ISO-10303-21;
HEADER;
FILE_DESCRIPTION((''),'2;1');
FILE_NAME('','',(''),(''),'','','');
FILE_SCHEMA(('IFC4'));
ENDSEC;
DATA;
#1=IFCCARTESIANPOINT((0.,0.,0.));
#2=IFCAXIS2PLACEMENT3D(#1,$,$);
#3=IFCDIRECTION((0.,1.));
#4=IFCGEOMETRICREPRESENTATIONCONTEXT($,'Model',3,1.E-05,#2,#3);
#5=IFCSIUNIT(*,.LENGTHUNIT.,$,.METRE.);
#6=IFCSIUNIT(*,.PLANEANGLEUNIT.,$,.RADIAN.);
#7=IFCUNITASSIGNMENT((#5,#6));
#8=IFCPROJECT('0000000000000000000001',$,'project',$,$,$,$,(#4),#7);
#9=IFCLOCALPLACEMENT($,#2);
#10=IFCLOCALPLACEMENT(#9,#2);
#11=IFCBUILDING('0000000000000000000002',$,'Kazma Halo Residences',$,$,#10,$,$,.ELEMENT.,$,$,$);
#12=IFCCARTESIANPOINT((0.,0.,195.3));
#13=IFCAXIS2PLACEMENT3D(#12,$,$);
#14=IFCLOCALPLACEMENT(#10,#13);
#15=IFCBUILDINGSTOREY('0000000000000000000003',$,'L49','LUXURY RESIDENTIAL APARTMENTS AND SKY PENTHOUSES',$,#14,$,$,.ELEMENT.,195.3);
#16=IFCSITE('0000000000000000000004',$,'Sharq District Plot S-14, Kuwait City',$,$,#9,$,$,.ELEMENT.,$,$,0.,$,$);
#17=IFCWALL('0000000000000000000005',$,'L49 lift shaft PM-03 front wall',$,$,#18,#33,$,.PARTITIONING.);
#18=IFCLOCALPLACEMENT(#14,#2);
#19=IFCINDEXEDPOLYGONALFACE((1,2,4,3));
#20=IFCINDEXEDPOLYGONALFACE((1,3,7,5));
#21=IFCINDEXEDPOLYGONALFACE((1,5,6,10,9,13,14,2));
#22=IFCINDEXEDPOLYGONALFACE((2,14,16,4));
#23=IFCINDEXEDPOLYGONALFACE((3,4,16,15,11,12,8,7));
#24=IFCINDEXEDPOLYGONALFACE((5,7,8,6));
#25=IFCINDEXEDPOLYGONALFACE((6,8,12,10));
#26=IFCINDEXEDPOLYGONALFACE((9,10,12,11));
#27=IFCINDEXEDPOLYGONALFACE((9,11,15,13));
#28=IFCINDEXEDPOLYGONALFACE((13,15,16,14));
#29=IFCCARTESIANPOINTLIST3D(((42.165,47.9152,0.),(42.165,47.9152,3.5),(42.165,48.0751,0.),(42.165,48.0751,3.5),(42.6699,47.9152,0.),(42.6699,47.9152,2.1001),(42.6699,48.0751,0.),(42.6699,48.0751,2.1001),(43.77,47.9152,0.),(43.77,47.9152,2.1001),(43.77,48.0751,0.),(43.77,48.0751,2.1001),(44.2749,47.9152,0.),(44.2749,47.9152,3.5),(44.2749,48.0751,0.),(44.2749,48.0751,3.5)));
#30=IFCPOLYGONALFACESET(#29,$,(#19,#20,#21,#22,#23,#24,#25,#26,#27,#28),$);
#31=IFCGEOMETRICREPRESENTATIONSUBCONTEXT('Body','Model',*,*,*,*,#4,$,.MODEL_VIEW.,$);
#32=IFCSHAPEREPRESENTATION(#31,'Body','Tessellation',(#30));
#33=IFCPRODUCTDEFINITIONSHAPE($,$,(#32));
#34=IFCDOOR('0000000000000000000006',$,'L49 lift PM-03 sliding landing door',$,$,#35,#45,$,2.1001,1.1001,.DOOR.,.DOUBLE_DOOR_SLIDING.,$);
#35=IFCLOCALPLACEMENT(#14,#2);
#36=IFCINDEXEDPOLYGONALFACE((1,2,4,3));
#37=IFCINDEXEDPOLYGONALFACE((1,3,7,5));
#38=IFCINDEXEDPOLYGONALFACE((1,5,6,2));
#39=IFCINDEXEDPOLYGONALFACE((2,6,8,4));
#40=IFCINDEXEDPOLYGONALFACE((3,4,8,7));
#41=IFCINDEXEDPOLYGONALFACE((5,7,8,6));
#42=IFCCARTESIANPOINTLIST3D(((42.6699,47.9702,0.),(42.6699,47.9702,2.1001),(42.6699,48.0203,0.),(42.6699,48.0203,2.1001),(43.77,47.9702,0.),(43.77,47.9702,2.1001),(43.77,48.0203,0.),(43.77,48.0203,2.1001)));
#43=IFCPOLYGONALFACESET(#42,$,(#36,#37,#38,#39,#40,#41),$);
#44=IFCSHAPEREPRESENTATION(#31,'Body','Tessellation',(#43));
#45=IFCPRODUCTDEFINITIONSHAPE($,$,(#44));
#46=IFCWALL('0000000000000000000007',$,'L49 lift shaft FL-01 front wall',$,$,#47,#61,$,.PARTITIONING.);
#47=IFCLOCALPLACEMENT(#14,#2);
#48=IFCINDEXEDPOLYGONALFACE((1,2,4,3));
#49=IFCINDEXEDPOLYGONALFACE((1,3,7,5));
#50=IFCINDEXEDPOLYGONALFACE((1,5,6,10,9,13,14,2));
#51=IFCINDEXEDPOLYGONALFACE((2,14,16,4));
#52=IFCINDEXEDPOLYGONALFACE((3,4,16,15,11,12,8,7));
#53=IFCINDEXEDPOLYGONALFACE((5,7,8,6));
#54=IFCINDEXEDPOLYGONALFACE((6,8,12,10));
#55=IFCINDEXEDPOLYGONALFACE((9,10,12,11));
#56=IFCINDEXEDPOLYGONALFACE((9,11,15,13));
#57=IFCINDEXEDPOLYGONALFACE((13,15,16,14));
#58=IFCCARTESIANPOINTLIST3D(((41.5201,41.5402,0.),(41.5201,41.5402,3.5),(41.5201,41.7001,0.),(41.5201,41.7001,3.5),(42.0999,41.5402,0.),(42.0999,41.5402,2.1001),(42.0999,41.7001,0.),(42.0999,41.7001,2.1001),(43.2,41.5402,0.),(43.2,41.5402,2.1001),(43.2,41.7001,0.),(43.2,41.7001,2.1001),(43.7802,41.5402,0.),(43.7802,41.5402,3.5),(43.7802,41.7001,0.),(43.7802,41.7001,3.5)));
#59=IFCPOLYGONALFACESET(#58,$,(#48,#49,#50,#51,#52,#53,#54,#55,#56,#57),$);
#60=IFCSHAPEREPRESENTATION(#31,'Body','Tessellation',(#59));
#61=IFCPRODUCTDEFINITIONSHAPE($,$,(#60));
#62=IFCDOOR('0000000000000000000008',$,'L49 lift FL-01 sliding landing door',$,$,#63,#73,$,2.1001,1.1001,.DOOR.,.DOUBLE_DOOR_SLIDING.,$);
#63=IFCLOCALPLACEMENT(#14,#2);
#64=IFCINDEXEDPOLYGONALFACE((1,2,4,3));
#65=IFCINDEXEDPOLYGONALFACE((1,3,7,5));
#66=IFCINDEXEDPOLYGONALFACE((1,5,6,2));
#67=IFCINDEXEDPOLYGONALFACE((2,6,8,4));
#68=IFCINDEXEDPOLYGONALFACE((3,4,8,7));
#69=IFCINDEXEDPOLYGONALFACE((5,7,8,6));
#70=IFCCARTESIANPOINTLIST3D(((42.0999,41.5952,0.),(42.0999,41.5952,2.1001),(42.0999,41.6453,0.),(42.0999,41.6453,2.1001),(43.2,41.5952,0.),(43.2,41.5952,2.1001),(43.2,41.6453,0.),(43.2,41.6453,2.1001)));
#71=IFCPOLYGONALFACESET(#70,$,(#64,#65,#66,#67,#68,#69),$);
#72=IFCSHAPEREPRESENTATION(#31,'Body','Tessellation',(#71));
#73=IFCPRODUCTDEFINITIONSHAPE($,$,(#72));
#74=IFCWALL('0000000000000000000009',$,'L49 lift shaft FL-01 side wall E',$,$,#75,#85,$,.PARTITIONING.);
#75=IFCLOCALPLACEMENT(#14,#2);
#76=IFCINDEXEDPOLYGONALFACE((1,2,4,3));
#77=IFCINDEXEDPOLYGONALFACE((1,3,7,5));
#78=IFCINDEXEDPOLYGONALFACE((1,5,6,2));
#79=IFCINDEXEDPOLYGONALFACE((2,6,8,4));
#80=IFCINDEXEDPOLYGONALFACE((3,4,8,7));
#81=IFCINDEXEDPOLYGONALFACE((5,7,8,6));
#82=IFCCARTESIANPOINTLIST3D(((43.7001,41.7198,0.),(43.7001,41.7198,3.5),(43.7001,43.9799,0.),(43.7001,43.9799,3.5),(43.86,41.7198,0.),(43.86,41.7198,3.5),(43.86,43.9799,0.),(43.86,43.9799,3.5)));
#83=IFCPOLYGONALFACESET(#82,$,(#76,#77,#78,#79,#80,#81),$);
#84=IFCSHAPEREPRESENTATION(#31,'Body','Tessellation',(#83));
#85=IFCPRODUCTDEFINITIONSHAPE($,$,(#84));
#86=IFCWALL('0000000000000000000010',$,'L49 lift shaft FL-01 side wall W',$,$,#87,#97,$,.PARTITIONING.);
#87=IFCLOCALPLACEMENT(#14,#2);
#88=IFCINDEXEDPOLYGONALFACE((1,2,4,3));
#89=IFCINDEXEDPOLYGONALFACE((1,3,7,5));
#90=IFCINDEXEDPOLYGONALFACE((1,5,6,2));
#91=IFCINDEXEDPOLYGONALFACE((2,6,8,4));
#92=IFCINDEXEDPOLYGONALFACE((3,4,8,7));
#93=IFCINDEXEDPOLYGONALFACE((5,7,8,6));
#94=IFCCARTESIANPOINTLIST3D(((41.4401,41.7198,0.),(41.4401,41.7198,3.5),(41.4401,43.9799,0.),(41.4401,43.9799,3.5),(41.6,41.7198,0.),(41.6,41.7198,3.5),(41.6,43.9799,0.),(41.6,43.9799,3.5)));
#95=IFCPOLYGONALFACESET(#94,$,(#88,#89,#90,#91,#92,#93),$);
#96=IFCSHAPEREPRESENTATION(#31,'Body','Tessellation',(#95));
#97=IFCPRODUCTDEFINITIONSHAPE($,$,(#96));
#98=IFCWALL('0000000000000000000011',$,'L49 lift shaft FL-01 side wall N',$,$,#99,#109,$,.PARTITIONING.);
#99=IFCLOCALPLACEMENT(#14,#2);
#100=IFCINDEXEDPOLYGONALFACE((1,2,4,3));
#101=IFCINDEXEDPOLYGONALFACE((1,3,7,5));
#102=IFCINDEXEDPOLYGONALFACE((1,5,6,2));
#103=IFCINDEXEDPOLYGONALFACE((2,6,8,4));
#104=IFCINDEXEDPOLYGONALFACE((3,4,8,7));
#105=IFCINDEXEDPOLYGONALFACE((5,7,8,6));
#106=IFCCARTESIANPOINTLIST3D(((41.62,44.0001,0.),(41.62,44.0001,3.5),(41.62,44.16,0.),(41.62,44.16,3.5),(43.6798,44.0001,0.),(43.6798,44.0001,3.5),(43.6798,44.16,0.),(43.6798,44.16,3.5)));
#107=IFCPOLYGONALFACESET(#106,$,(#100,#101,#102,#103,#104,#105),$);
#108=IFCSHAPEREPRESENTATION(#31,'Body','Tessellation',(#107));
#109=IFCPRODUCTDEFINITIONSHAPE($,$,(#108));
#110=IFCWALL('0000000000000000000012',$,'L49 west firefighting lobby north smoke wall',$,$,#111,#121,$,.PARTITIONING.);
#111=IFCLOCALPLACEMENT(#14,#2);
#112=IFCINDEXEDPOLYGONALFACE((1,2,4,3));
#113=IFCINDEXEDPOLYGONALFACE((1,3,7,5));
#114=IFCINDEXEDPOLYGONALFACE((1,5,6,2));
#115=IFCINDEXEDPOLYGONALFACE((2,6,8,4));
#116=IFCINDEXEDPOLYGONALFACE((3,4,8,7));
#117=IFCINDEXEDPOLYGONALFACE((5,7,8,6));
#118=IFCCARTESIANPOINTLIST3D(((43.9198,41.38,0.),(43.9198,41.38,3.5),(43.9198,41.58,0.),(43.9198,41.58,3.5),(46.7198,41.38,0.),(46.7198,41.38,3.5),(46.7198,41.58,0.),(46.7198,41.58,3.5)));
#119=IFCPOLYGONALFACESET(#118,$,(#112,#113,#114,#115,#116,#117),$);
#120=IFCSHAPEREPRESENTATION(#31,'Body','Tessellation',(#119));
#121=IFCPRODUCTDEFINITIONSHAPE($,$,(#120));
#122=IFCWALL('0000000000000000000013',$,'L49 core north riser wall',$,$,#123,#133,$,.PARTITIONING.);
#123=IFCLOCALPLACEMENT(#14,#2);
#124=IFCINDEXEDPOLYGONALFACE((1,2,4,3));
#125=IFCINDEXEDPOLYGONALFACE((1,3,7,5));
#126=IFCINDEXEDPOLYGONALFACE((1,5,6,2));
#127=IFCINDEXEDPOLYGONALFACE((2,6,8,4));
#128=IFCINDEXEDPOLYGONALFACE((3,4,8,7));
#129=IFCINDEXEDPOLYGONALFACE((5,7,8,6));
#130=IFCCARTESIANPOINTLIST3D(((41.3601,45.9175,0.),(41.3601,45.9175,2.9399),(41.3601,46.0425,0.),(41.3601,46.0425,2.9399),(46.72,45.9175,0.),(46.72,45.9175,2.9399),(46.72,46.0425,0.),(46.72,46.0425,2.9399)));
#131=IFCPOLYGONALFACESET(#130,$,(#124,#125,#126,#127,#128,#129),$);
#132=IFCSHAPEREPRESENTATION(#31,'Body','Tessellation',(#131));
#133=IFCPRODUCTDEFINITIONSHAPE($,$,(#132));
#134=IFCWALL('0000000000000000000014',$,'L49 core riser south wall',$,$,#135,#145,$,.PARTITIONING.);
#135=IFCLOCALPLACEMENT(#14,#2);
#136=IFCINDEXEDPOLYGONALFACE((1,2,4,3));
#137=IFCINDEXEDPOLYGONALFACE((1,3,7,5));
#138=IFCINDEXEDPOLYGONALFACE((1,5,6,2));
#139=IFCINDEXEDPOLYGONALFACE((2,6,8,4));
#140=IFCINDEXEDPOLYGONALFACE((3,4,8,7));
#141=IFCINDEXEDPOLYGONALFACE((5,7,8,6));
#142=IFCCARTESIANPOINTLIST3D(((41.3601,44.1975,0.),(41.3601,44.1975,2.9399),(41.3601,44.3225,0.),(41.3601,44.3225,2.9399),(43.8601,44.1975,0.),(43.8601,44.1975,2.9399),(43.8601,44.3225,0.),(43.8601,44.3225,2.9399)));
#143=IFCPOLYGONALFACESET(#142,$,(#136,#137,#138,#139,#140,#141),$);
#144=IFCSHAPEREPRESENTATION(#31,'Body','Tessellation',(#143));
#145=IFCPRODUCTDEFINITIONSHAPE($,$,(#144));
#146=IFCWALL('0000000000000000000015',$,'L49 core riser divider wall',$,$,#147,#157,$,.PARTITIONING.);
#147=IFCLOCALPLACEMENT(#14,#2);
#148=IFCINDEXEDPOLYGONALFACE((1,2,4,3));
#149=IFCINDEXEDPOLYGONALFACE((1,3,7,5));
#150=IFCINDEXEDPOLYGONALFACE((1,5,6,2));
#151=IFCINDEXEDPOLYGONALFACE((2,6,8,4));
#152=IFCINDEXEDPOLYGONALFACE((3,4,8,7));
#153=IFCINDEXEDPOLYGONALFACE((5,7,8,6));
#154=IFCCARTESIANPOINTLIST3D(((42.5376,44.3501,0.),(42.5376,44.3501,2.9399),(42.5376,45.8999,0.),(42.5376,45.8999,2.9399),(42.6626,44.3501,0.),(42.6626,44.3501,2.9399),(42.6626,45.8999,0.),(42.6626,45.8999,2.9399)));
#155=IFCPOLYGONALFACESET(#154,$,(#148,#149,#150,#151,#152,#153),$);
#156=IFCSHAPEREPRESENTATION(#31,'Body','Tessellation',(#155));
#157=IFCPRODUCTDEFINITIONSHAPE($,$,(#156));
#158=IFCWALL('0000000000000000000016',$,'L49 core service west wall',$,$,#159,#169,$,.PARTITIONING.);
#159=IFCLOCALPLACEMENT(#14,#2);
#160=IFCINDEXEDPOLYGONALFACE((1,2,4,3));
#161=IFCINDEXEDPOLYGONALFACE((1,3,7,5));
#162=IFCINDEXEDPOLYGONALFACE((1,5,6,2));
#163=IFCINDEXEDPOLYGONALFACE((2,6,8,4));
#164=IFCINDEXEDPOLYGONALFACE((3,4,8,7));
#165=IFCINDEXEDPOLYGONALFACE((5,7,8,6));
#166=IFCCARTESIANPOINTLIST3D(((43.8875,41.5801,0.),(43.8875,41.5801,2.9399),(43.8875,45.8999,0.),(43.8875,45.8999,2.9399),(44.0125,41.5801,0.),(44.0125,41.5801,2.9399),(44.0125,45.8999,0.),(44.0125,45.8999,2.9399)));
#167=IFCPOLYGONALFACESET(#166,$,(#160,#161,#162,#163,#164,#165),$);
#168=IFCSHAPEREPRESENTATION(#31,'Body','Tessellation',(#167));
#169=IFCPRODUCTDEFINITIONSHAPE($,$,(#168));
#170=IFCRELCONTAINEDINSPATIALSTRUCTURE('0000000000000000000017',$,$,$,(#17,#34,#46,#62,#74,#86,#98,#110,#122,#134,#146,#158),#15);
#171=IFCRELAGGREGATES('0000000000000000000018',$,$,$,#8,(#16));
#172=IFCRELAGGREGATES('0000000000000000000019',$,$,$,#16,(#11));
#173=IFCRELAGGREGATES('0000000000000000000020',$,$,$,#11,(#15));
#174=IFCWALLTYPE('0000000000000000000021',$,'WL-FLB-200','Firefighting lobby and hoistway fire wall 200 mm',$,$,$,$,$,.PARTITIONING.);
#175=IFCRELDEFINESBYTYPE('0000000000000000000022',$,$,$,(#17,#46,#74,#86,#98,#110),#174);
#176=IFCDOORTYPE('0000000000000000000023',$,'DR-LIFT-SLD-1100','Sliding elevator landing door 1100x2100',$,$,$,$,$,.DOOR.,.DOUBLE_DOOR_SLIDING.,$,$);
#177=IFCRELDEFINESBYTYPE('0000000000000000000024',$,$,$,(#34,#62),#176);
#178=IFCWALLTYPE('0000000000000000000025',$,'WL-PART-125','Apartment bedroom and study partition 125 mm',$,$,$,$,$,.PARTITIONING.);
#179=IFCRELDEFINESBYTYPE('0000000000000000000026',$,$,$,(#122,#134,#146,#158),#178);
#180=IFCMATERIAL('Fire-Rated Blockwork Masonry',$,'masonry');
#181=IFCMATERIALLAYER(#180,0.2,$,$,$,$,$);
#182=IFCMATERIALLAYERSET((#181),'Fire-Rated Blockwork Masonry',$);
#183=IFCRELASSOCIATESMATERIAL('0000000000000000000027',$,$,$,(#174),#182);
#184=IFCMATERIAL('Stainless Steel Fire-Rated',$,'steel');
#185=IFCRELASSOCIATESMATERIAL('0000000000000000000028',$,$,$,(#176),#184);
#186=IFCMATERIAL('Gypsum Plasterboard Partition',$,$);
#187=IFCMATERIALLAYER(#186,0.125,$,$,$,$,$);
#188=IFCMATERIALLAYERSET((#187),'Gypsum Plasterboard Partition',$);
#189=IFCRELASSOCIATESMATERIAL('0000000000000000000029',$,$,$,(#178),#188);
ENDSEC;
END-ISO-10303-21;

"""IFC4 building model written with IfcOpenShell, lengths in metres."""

from ifc_helpers import new_model, si_unit, direction, frame, frame_2d, origin, place, context, subcontext, project, spatial, rectangle, extrude, material, layer, layer_set, type_object, element, fill, save


model = new_model("IFC4")

# Units and contexts
model_context = context("Model", 3, precision=1e-05, world=origin(), true_north=direction((0.0, 1.0)))
body_context = subcontext(model_context, "Body", "Model", "MODEL_VIEW")
ifc_project = project(units=[si_unit("LENGTHUNIT", "METRE"), si_unit("PLANEANGLEUNIT", "RADIAN")], contexts=[model_context])

# Site, building, storey
site_placement = place(None, origin())
site = spatial("IfcSite", under=ifc_project, at=site_placement, Name="Sharq District Plot S-14, Kuwait City", CompositionType="ELEMENT", RefElevation=0.0)
building_placement = place(site_placement, origin())
building = spatial("IfcBuilding", under=site, at=building_placement, Name="Kazma Halo Residences", CompositionType="ELEMENT")
storey_placement = place(building_placement, frame((0.0, 0.0, 195.3)))
storey = spatial("IfcBuildingStorey", under=building, at=storey_placement, Name="L49", Description="LUXURY RESIDENTIAL APARTMENTS AND SKY PENTHOUSES", CompositionType="ELEMENT", Elevation=195.3)

# Shared definitions
ifc_material_1 = material(Name="Fire-Rated Blockwork Masonry", Category="masonry")
ifc_layer_1 = layer(ifc_material_1, 0.2)
ifc_layer_set_1 = layer_set([ifc_layer_1], Name="Fire-Rated Blockwork Masonry")
wall_type_1 = type_object("IfcWallType", Name="WL-FLB-200", Description="Firefighting lobby and hoistway fire wall 200 mm", PredefinedType="PARTITIONING", material=ifc_layer_set_1)
ifc_material_2 = material(Name="Stainless Steel Fire-Rated", Category="steel")
door_type = type_object("IfcDoorType", Name="DR-LIFT-SLD-1100", Description="Sliding elevator landing door 1100x2100", OperationType="DOUBLE_DOOR_SLIDING", PredefinedType="DOOR", material=ifc_material_2)

# Walls, openings, doors
wall_1_placement = place(storey_placement, frame((44.2749, 47.9951, 0.0), z_axis=(0.0, 0.0, 1.0), x_axis=(-1.0, 0.0, 0.0)))
wall_1 = element("IfcWall", 1, at=wall_1_placement, inside=storey, type_object=wall_type_1, Name="L49 lift shaft PM-03 front wall", PredefinedType="PARTITIONING", context=body_context, shape_type="SweptSolid", body=[
    extrude(rectangle(XDim=2.1099, YDim=0.1599, at=frame_2d((1.0549, 0.0))), origin(), (0.0, 0.0, 1.0), 3.5),
])
opening_1_placement = place(wall_1_placement, frame((0.5049, 0.0, 0.0)))
opening_1 = element("IfcOpeningElement", 2, at=opening_1_placement, cuts=wall_1, PredefinedType="OPENING", context=body_context, shape_type="SweptSolid", body=[
    extrude(rectangle(XDim=1.1001, YDim=2.1001, at=frame_2d((0.55, 1.05))), frame((0.0, 0.0898, 0.0), z_axis=(0.0, -1.0, 0.0), x_axis=(1.0, 0.0, 0.0)), (0.0, 0.0, 1.0), 0.1799),
])
door_1_placement = place(opening_1_placement, origin())
door_1 = element("IfcDoor", 3, at=door_1_placement, inside=storey, type_object=door_type, Name="L49 lift PM-03 sliding landing door", OperationType="DOUBLE_DOOR_SLIDING", OverallHeight=2.1001, OverallWidth=1.1001, PredefinedType="DOOR", context=body_context, shape_type="SweptSolid", body=[
    extrude(rectangle(XDim=1.1001, YDim=2.1001, at=frame_2d((0.55, 1.05))), frame((0.0, 0.0249, 0.0), z_axis=(0.0, -1.0, 0.0), x_axis=(1.0, 0.0, 0.0)), (0.0, 0.0, 1.0), 0.05),
])
fill(opening_1, door_1)
wall_2_placement = place(storey_placement, frame((43.78, 41.6201, 0.0), z_axis=(0.0, 0.0, 1.0), x_axis=(-1.0, 0.0, 0.0)))
wall_2 = element("IfcWall", 4, at=wall_2_placement, inside=storey, type_object=wall_type_1, Name="L49 lift shaft FL-01 front wall", PredefinedType="PARTITIONING", context=body_context, shape_type="SweptSolid", body=[
    extrude(rectangle(XDim=2.26, YDim=0.1599, at=frame_2d((1.1299, 0.0))), origin(), (0.0, 0.0, 1.0), 3.5),
])
opening_2_placement = place(wall_2_placement, frame((0.5801, 0.0, 0.0)))
opening_2 = element("IfcOpeningElement", 5, at=opening_2_placement, cuts=wall_2, PredefinedType="OPENING", context=body_context, shape_type="SweptSolid", body=[
    extrude(rectangle(XDim=1.1001, YDim=2.1001, at=frame_2d((0.55, 1.05))), frame((0.0, 0.0898, 0.0), z_axis=(0.0, -1.0, 0.0), x_axis=(1.0, 0.0, 0.0)), (0.0, 0.0, 1.0), 0.1799),
])
door_2_placement = place(opening_2_placement, origin())
door_2 = element("IfcDoor", 6, at=door_2_placement, inside=storey, type_object=door_type, Name="L49 lift FL-01 sliding landing door", OperationType="DOUBLE_DOOR_SLIDING", OverallHeight=2.1001, OverallWidth=1.1001, PredefinedType="DOOR", context=body_context, shape_type="SweptSolid", body=[
    extrude(rectangle(XDim=1.1001, YDim=2.1001, at=frame_2d((0.55, 1.05))), frame((0.0, 0.0249, 0.0), z_axis=(0.0, -1.0, 0.0), x_axis=(1.0, 0.0, 0.0)), (0.0, 0.0, 1.0), 0.05),
])
fill(opening_2, door_2)

# Walls
for number, where, z_axis, x_axis, name in (
    (7, (43.78, 41.72, 0.0), (0.0, 0.0, 1.0), (0.0, 1.0, 0.0), "L49 lift shaft FL-01 side wall E"),
    (8, (41.52, 41.72, 0.0), (0.0, 0.0, 1.0), (0.0, 1.0, 0.0), "L49 lift shaft FL-01 side wall W"),
):
    element("IfcWall", number, at=place(storey_placement, frame(where, z_axis=z_axis, x_axis=x_axis)), inside=storey, type_object=wall_type_1, Name=name, PredefinedType="PARTITIONING", context=body_context, shape_type="SweptSolid", body=[
        extrude(rectangle(XDim=2.26, YDim=0.1599, at=frame_2d((1.1299, 0.0))), origin(), (0.0, 0.0, 1.0), 3.5),
    ])
wall_3_placement = place(storey_placement, frame((41.6201, 44.0801, 0.0), z_axis=(0.0, 0.0, 1.0), x_axis=(1.0, 0.0, 0.0)))
element("IfcWall", 9, at=wall_3_placement, inside=storey, type_object=wall_type_1, Name="L49 lift shaft FL-01 side wall N", PredefinedType="PARTITIONING", context=body_context, shape_type="SweptSolid", body=[
    extrude(rectangle(XDim=2.0598, YDim=0.1599, at=frame_2d((1.0298, 0.0))), origin(), (0.0, 0.0, 1.0), 3.5),
])
wall_4_placement = place(storey_placement, frame((43.9199, 41.48, 0.0), z_axis=(0.0, 0.0, 1.0), x_axis=(1.0, 0.0, 0.0)))
element("IfcWall", 10, at=wall_4_placement, inside=storey, type_object=wall_type_1, Name="L49 west firefighting lobby north smoke wall", PredefinedType="PARTITIONING", context=body_context, shape_type="SweptSolid", body=[
    extrude(rectangle(XDim=2.8, YDim=0.2, at=frame_2d((1.3999, 0.0))), origin(), (0.0, 0.0, 1.0), 3.5),
])
ifc_material_3 = material(Name="Gypsum Plasterboard Partition")
ifc_layer_2 = layer(ifc_material_3, 0.125)
ifc_layer_set_2 = layer_set([ifc_layer_2], Name="Gypsum Plasterboard Partition")
wall_type_2 = type_object("IfcWallType", Name="WL-PART-125", Description="Apartment bedroom and study partition 125 mm", PredefinedType="PARTITIONING", material=ifc_layer_set_2)
wall_5_placement = place(storey_placement, frame((41.3601, 45.98, 0.0), z_axis=(0.0, 0.0, 1.0), x_axis=(1.0, 0.0, 0.0)))
element("IfcWall", 11, at=wall_5_placement, inside=storey, type_object=wall_type_2, Name="L49 core north riser wall", PredefinedType="PARTITIONING", context=body_context, shape_type="SweptSolid", body=[
    extrude(rectangle(XDim=5.3599, YDim=0.125, at=frame_2d((2.6799, 0.0))), origin(), (0.0, 0.0, 1.0), 2.9399),
])
wall_6_placement = place(storey_placement, frame((41.3601, 44.26, 0.0), z_axis=(0.0, 0.0, 1.0), x_axis=(1.0, 0.0, 0.0)))
element("IfcWall", 12, at=wall_6_placement, inside=storey, type_object=wall_type_2, Name="L49 core riser south wall", PredefinedType="PARTITIONING", context=body_context, shape_type="SweptSolid", body=[
    extrude(rectangle(XDim=2.5, YDim=0.125, at=frame_2d((1.25, 0.0))), origin(), (0.0, 0.0, 1.0), 2.9399),
])
wall_7_placement = place(storey_placement, frame((42.6001, 44.3501, 0.0), z_axis=(0.0, 0.0, 1.0), x_axis=(0.0, 1.0, 0.0)))
element("IfcWall", 13, at=wall_7_placement, inside=storey, type_object=wall_type_2, Name="L49 core riser divider wall", PredefinedType="PARTITIONING", context=body_context, shape_type="SweptSolid", body=[
    extrude(rectangle(XDim=1.5498, YDim=0.125, at=frame_2d((0.7749, 0.0))), origin(), (0.0, 0.0, 1.0), 2.9399),
])
wall_8_placement = place(storey_placement, frame((43.95, 41.5801, 0.0), z_axis=(0.0, 0.0, 1.0), x_axis=(0.0, 1.0, 0.0)))
element("IfcWall", 14, at=wall_8_placement, inside=storey, type_object=wall_type_2, Name="L49 core service west wall", PredefinedType="PARTITIONING", context=body_context, shape_type="SweptSolid", body=[
    extrude(rectangle(XDim=4.3198, YDim=0.125, at=frame_2d((2.1599, 0.0))), origin(), (0.0, 0.0, 1.0), 2.9399),
])

save(model, "model.ifc")
